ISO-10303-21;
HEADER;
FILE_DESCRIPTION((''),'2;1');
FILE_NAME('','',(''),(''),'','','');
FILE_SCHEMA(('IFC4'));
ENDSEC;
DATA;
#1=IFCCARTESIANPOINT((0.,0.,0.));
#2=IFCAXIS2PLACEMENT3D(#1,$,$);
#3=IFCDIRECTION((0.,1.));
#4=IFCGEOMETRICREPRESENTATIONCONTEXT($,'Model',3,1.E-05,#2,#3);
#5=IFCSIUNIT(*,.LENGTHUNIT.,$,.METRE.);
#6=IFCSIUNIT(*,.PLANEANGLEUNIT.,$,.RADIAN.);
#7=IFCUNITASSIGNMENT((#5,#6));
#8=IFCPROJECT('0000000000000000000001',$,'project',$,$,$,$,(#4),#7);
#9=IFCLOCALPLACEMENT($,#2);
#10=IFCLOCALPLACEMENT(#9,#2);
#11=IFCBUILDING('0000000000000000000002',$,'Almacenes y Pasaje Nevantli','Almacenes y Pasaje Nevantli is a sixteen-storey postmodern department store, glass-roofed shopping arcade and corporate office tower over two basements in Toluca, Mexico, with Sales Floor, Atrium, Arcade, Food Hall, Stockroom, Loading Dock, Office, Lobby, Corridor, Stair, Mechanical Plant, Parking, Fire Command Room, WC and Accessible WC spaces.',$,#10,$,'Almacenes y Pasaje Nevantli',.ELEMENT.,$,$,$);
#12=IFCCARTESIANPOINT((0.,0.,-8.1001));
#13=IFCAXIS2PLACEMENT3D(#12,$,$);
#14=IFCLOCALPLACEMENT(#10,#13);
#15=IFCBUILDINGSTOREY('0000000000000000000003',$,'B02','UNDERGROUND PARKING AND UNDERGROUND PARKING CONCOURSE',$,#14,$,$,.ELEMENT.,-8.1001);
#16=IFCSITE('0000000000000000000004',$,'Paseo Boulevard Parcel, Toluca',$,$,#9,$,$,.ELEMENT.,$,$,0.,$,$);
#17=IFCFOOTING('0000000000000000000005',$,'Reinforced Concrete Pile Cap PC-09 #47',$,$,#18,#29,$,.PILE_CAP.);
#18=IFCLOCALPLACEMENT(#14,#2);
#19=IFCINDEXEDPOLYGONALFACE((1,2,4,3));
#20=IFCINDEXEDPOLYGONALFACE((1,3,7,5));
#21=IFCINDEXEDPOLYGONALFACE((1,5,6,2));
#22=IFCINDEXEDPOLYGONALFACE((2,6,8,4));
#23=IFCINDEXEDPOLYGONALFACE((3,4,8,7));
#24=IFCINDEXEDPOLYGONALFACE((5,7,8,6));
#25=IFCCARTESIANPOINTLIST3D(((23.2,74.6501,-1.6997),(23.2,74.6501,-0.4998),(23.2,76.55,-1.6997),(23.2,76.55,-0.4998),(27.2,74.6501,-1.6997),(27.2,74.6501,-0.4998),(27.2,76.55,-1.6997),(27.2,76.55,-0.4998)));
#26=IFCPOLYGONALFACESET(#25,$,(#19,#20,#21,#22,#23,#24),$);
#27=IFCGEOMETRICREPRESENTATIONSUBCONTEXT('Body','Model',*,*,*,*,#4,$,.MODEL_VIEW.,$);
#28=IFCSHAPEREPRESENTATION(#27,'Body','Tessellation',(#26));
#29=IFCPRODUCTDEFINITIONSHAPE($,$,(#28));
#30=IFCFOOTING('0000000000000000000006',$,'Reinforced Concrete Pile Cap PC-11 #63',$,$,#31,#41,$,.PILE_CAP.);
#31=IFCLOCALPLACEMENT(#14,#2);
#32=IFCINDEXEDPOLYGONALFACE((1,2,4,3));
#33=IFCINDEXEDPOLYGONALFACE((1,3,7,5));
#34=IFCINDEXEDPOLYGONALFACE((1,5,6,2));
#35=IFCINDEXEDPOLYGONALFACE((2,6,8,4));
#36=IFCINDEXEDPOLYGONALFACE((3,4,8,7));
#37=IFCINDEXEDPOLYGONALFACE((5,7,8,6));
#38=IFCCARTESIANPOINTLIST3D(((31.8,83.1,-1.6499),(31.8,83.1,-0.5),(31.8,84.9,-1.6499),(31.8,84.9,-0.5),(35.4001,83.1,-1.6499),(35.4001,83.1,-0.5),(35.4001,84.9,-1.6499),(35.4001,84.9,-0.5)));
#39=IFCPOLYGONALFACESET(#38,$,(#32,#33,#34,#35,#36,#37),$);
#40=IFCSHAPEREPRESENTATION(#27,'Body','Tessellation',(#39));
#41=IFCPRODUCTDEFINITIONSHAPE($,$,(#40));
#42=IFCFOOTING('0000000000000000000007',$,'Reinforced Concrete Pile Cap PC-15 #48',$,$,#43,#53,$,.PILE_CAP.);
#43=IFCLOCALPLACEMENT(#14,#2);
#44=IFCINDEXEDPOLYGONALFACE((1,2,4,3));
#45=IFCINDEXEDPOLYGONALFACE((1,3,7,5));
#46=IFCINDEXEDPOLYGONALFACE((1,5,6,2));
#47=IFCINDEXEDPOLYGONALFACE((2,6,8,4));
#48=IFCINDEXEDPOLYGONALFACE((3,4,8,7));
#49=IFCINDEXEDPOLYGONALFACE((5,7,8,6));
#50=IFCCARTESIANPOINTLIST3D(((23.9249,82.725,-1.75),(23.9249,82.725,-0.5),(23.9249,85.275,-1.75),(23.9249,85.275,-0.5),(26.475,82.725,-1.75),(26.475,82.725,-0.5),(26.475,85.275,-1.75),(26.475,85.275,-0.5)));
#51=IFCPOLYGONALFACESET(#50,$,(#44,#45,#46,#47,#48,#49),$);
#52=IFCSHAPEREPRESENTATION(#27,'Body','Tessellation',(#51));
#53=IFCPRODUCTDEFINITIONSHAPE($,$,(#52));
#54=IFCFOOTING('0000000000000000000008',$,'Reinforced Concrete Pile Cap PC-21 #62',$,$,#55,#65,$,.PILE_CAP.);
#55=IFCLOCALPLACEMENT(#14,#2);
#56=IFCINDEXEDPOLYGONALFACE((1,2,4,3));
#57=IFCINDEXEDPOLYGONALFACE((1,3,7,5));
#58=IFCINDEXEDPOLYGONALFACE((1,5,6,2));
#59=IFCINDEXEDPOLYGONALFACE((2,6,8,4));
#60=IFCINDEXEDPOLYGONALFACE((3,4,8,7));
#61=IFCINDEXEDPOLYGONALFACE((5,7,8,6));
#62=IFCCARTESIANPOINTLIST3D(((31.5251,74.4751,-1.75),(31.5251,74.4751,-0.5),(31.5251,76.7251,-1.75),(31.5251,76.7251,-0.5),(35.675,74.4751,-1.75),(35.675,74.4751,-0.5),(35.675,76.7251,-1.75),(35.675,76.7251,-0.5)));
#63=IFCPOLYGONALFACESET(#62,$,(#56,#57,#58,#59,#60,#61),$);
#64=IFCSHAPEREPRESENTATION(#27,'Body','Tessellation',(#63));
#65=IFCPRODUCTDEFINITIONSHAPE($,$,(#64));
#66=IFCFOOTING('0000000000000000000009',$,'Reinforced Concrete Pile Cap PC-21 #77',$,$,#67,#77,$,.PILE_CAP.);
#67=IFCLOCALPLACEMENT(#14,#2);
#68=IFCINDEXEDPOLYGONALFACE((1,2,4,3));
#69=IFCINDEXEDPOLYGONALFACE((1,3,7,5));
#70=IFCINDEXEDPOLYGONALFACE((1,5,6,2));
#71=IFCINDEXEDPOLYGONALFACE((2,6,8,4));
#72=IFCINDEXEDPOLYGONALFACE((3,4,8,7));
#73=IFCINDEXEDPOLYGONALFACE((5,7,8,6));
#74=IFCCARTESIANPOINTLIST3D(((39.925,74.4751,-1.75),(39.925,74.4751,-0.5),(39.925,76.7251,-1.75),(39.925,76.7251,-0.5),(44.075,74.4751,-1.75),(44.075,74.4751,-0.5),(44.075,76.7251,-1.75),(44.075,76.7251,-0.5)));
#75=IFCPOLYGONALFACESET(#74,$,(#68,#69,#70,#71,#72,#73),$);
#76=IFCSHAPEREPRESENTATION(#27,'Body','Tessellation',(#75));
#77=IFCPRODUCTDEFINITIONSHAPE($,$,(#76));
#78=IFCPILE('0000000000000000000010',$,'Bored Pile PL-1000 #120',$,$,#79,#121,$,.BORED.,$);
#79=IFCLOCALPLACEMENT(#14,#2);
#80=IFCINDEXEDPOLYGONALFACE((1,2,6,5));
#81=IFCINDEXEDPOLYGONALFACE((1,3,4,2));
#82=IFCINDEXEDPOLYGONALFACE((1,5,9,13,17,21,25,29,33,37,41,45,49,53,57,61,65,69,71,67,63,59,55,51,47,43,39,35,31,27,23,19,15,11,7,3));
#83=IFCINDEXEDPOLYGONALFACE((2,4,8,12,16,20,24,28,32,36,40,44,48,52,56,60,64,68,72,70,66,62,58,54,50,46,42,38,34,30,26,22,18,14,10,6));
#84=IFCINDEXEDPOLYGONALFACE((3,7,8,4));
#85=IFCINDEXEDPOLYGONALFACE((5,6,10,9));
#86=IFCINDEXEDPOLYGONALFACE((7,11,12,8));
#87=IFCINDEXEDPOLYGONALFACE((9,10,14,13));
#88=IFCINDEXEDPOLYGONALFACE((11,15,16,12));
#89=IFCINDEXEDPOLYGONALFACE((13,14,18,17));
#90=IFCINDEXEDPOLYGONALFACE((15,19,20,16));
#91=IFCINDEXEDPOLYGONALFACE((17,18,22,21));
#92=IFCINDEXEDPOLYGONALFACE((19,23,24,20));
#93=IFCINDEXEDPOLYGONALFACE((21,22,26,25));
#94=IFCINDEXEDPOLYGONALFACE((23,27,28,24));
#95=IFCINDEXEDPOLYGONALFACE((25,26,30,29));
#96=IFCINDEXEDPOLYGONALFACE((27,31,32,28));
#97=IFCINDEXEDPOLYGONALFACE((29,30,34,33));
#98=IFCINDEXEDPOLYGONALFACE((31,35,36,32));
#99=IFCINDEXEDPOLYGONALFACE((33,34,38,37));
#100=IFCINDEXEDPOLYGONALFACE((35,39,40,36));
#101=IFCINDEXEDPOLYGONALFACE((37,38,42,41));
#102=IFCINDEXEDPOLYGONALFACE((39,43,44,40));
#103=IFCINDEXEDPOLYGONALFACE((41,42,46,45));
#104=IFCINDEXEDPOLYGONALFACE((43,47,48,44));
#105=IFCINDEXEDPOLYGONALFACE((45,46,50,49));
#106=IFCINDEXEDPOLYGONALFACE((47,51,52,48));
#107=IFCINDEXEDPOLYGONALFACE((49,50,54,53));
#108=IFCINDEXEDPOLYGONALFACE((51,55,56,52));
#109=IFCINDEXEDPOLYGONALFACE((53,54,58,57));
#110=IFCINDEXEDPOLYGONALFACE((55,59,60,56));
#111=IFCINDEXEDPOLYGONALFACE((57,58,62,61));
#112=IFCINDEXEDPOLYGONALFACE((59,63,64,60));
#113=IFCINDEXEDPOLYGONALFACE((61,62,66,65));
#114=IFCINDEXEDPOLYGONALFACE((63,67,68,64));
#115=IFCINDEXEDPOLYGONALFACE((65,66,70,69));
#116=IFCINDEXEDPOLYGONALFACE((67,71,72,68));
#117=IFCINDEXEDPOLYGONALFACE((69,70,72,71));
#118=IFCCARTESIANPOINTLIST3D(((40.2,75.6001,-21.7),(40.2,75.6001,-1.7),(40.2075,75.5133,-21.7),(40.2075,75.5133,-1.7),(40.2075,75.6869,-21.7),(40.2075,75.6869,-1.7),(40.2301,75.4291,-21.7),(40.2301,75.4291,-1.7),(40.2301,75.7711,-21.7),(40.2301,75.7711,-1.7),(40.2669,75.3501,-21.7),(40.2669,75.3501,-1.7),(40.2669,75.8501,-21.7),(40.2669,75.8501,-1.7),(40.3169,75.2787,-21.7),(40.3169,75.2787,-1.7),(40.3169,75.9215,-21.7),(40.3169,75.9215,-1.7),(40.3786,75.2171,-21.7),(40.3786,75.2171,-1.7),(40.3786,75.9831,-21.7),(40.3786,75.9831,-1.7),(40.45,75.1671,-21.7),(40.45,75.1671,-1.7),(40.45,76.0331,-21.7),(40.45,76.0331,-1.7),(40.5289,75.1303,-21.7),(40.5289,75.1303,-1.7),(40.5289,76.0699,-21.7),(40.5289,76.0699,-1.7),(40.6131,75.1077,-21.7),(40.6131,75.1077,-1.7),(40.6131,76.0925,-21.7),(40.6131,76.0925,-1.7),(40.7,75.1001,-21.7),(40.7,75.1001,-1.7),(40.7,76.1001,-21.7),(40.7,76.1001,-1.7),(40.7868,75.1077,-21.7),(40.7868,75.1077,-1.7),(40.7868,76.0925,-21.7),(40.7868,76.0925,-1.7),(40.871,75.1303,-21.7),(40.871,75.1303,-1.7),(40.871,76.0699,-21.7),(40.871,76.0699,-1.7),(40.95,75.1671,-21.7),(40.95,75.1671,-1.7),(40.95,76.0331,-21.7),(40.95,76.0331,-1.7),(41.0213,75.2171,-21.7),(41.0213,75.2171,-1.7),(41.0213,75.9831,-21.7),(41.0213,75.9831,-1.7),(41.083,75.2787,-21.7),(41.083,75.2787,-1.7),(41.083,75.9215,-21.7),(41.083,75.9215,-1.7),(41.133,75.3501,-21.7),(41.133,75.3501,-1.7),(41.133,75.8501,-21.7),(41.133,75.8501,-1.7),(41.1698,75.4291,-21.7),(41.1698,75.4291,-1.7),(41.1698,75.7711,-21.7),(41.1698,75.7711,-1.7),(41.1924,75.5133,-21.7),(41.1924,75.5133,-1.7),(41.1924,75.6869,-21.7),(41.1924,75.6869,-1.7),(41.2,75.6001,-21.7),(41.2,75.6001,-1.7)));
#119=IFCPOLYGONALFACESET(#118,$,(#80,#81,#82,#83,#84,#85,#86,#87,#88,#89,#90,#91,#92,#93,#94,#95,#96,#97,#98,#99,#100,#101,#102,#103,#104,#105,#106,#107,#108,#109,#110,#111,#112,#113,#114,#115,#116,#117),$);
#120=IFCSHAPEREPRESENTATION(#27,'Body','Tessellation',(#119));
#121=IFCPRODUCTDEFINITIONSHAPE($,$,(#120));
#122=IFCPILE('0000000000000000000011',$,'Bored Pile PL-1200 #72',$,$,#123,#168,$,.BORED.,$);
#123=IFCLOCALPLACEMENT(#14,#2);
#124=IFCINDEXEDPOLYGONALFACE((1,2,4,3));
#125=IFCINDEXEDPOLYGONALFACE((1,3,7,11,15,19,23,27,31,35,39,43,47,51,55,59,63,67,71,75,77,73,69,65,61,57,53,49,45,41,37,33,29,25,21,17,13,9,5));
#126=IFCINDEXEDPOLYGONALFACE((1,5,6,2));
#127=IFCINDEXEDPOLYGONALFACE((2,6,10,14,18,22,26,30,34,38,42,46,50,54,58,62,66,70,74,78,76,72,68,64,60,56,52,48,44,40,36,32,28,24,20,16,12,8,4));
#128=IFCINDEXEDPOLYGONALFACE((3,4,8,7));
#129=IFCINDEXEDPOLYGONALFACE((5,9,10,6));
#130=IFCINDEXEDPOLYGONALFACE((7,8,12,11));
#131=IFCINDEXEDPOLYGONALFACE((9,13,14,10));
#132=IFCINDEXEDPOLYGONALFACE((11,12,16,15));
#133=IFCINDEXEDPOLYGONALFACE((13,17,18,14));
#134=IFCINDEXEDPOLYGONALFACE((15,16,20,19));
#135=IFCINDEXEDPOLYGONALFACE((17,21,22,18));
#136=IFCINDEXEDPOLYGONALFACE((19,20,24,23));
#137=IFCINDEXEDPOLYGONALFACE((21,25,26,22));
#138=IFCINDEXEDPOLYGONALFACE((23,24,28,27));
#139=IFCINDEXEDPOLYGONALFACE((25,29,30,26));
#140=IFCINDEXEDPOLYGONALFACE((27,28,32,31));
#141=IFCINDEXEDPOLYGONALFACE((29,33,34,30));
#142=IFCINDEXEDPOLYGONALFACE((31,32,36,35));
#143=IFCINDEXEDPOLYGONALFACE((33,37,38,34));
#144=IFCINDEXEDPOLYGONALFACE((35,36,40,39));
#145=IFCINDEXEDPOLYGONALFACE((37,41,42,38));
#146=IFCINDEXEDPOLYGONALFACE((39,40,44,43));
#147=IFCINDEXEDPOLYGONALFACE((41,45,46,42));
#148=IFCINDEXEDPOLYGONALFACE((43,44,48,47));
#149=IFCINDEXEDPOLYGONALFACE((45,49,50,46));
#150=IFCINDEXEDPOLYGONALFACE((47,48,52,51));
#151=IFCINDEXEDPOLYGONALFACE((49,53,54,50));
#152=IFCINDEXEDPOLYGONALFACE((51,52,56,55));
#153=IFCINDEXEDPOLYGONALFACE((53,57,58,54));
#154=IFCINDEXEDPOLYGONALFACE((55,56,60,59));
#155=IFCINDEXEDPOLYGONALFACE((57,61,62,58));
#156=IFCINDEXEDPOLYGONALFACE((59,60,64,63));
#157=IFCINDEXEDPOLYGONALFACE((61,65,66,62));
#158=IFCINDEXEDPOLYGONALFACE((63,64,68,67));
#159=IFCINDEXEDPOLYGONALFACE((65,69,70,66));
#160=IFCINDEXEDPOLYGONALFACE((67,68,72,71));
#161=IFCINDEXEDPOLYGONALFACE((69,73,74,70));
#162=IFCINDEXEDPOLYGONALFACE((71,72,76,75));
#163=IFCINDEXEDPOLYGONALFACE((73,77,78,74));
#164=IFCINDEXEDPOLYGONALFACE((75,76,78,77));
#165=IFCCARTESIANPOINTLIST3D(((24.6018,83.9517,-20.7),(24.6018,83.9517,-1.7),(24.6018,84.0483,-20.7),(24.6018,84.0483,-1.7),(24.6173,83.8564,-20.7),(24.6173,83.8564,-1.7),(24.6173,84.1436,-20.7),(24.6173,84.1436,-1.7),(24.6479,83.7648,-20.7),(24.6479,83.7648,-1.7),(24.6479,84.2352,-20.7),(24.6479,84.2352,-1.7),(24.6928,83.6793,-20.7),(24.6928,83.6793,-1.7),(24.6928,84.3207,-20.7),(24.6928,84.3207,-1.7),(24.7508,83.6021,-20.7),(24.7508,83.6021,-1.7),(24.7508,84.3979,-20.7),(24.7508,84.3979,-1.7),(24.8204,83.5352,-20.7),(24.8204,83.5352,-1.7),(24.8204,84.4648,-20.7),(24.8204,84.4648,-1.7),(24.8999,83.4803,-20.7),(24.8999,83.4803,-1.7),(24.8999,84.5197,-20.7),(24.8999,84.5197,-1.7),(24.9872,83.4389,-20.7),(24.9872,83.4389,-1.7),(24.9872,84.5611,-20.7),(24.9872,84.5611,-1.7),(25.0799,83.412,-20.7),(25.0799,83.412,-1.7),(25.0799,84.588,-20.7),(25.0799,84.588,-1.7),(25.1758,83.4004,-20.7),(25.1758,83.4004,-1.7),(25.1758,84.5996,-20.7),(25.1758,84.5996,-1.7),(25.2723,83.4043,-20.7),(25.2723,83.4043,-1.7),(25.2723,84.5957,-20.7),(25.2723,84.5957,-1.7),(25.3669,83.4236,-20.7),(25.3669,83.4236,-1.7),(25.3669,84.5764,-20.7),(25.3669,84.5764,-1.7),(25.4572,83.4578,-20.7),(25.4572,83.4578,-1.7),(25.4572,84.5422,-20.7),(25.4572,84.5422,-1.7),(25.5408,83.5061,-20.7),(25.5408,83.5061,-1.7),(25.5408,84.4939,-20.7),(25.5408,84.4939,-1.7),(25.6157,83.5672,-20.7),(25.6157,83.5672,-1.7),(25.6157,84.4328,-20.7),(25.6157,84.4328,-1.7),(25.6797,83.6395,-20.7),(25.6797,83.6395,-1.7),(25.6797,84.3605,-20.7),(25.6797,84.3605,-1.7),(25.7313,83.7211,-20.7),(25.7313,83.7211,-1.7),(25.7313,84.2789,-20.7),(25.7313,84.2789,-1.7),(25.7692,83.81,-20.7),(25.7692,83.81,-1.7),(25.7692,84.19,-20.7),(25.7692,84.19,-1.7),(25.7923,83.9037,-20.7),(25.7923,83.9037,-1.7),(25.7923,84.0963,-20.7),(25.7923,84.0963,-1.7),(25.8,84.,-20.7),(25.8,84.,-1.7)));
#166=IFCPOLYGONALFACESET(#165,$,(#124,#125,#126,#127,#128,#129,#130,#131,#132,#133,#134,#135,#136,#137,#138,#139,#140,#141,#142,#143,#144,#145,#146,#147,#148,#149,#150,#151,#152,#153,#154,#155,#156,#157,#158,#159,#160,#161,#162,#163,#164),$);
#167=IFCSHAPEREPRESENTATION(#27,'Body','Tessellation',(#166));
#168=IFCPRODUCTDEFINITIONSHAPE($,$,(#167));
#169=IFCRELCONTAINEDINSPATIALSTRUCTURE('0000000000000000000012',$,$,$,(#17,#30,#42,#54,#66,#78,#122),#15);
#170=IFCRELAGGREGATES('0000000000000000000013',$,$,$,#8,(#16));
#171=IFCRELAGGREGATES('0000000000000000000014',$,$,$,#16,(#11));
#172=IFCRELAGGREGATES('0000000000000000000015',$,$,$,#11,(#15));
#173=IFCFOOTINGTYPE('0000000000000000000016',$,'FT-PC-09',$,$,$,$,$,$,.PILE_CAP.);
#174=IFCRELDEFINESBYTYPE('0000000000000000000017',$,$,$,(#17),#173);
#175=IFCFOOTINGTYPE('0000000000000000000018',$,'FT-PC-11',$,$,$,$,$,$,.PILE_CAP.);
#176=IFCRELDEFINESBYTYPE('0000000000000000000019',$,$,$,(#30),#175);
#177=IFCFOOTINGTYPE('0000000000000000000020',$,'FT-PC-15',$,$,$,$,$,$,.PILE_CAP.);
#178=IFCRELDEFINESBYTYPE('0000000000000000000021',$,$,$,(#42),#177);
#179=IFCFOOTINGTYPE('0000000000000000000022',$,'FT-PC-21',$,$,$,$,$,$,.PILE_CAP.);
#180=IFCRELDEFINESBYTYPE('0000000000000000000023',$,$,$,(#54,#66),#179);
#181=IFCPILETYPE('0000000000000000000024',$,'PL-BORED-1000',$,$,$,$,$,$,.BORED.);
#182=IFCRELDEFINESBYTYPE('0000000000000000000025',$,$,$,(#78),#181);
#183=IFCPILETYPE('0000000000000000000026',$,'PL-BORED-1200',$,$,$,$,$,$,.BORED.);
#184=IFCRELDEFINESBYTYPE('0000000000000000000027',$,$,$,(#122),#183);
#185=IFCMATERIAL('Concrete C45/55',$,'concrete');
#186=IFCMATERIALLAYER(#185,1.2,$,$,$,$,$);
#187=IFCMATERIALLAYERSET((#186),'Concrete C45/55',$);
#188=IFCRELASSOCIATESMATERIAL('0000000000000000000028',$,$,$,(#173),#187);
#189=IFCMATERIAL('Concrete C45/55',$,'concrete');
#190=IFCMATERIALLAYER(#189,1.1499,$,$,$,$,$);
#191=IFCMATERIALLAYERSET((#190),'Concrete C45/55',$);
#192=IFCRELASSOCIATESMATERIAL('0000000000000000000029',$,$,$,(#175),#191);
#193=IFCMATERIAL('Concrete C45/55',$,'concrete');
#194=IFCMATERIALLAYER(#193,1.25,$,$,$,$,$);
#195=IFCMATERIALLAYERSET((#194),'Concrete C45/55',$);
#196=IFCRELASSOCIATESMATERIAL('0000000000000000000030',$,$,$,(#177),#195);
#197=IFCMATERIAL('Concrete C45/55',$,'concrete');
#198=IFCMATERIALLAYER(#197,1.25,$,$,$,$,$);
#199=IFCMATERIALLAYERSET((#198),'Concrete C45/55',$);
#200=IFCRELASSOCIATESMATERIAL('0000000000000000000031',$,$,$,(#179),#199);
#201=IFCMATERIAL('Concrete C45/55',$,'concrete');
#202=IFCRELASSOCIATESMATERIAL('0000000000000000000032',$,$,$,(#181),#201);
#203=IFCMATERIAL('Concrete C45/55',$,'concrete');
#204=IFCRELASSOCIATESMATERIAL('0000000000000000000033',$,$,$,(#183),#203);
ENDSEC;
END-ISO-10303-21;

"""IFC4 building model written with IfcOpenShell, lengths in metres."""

from ifc_helpers import new_model, si_unit, direction, frame, origin, origin_2d, place, context, subcontext, project, spatial, rectangle, circle, extrude, material, layer, layer_set, material_profile, profile_set, type_object, element, save


model = new_model("IFC4")

# Units and contexts
model_context = context("Model", 3, precision=1e-05, world=origin(), true_north=direction((0.0, 1.0)))
body_context = subcontext(model_context, "Body", "Model", "MODEL_VIEW")
ifc_project = project(units=[si_unit("LENGTHUNIT", "METRE"), si_unit("PLANEANGLEUNIT", "RADIAN")], contexts=[model_context])

# Site, building, storey
site_placement = place(None, origin())
site = spatial("IfcSite", under=ifc_project, at=site_placement, Name="Paseo Boulevard Parcel, Toluca", CompositionType="ELEMENT", RefElevation=0.0)
building_placement = place(site_placement, origin())
building = spatial("IfcBuilding", under=site, at=building_placement, Name="Almacenes y Pasaje Nevantli", Description="Almacenes y Pasaje Nevantli is a sixteen-storey postmodern department store, glass-roofed shopping arcade and corporate office tower over two basements in Toluca, Mexico, with Sales Floor, Atrium, Arcade, Food Hall, Stockroom, Loading Dock, Office, Lobby, Corridor, Stair, Mechanical Plant, Parking, Fire Command Room, WC and Accessible WC spaces.", LongName="Almacenes y Pasaje Nevantli", CompositionType="ELEMENT")
storey_placement = place(building_placement, frame((0.0, 0.0, -8.1001)))
storey = spatial("IfcBuildingStorey", under=building, at=storey_placement, Name="B02", Description="UNDERGROUND PARKING AND UNDERGROUND PARKING CONCOURSE", CompositionType="ELEMENT", Elevation=-8.1001)

# Footings
ifc_material_1 = material(Name="Concrete C45/55", Category="concrete")
ifc_layer_1 = layer(ifc_material_1, 1.2)
ifc_layer_set_1 = layer_set([ifc_layer_1], Name="Concrete C45/55")
footing_type_1 = type_object("IfcFootingType", Name="FT-PC-09", PredefinedType="PILE_CAP", material=ifc_layer_set_1)
footing_1_placement = place(storey_placement, frame((25.2, 75.6001, -1.6997), z_axis=(0.0, 0.0, 1.0), x_axis=(1.0, 0.0, 0.0)))
element("IfcFooting", 1, at=footing_1_placement, inside=storey, type_object=footing_type_1, Name="Reinforced Concrete Pile Cap PC-09 #47", PredefinedType="PILE_CAP", context=body_context, shape_type="SweptSolid", body=[
    extrude(rectangle(XDim=4.0, YDim=1.8999, at=origin_2d()), origin(), (0.0, 0.0, 1.0), 1.2),
])
ifc_material_2 = material(Name="Concrete C45/55", Category="concrete")
ifc_layer_2 = layer(ifc_material_2, 1.1499)
ifc_layer_set_2 = layer_set([ifc_layer_2], Name="Concrete C45/55")
footing_type_2 = type_object("IfcFootingType", Name="FT-PC-11", PredefinedType="PILE_CAP", material=ifc_layer_set_2)
footing_2_placement = place(storey_placement, frame((33.6001, 84.0, -1.6499), z_axis=(0.0, 0.0, 1.0), x_axis=(1.0, 0.0, 0.0)))
element("IfcFooting", 2, at=footing_2_placement, inside=storey, type_object=footing_type_2, Name="Reinforced Concrete Pile Cap PC-11 #63", PredefinedType="PILE_CAP", context=body_context, shape_type="SweptSolid", body=[
    extrude(rectangle(XDim=3.6001, YDim=1.8, at=origin_2d()), origin(), (0.0, 0.0, 1.0), 1.1499),
])
ifc_material_3 = material(Name="Concrete C45/55", Category="concrete")
ifc_layer_3 = layer(ifc_material_3, 1.25)
ifc_layer_set_3 = layer_set([ifc_layer_3], Name="Concrete C45/55")
footing_type_3 = type_object("IfcFootingType", Name="FT-PC-15", PredefinedType="PILE_CAP", material=ifc_layer_set_3)
footing_3_placement = place(storey_placement, frame((25.2, 84.0, -1.75), z_axis=(0.0, 0.0, 1.0), x_axis=(1.0, 0.0, 0.0)))
element("IfcFooting", 3, at=footing_3_placement, inside=storey, type_object=footing_type_3, Name="Reinforced Concrete Pile Cap PC-15 #48", PredefinedType="PILE_CAP", context=body_context, shape_type="SweptSolid", body=[
    extrude(rectangle(XDim=2.55, YDim=2.55, at=origin_2d()), origin(), (0.0, 0.0, 1.0), 1.25),
])
ifc_material_4 = material(Name="Concrete C45/55", Category="concrete")
ifc_layer_4 = layer(ifc_material_4, 1.25)
ifc_layer_set_4 = layer_set([ifc_layer_4], Name="Concrete C45/55")
footing_type_4 = type_object("IfcFootingType", Name="FT-PC-21", PredefinedType="PILE_CAP", material=ifc_layer_set_4)
for number, where, z_axis, x_axis, name in (
    (4, (33.6001, 75.6001, -1.75), (0.0, 0.0, 1.0), (1.0, 0.0, 0.0), "Reinforced Concrete Pile Cap PC-21 #62"),
    (5, (42.0, 75.6001, -1.75), (0.0, 0.0, 1.0), (1.0, 0.0, 0.0), "Reinforced Concrete Pile Cap PC-21 #77"),
):
    element("IfcFooting", number, at=place(storey_placement, frame(where, z_axis=z_axis, x_axis=x_axis)), inside=storey, type_object=footing_type_4, Name=name, PredefinedType="PILE_CAP", context=body_context, shape_type="SweptSolid", body=[
        extrude(rectangle(XDim=4.1499, YDim=2.25, at=origin_2d()), origin(), (0.0, 0.0, 1.0), 1.25),
    ])

# Piles
ifc_material_5 = material(Name="Concrete C45/55", Category="concrete")
ifc_material_profile_1 = material_profile(ifc_material_5, circle(Radius=0.5, at=origin_2d()), Name="RC-PILE-D1000")
ifc_profile_set_1 = profile_set([ifc_material_profile_1], Name="Concrete C45/55")
pile_type_1 = type_object("IfcPileType", Name="PL-BORED-1000", PredefinedType="BORED", material=ifc_profile_set_1)
pile_1_placement = place(storey_placement, frame((40.7, 75.6001, -1.7), z_axis=(0.0, 0.0, -1.0), x_axis=(1.0, 0.0, 0.0)))
element("IfcPile", 6, at=pile_1_placement, inside=storey, type_object=pile_type_1, Name="Bored Pile PL-1000 #120", PredefinedType="BORED", context=body_context, shape_type="SweptSolid", body=[
    extrude(circle(Radius=0.5, at=origin_2d()), origin(), (0.0, 0.0, 1.0), 20.0),
])
ifc_material_6 = material(Name="Concrete C45/55", Category="concrete")
ifc_material_profile_2 = material_profile(ifc_material_6, circle(Radius=0.6001, at=origin_2d()), Name="RC-PILE-D1200")
ifc_profile_set_2 = profile_set([ifc_material_profile_2], Name="Concrete C45/55")
pile_type_2 = type_object("IfcPileType", Name="PL-BORED-1200", PredefinedType="BORED", material=ifc_profile_set_2)
pile_2_placement = place(storey_placement, frame((25.2, 84.0, -1.7), z_axis=(0.0, 0.0, -1.0), x_axis=(1.0, 0.0, 0.0)))
element("IfcPile", 7, at=pile_2_placement, inside=storey, type_object=pile_type_2, Name="Bored Pile PL-1200 #72", PredefinedType="BORED", context=body_context, shape_type="SweptSolid", body=[
    extrude(circle(Radius=0.6001, at=origin_2d()), origin(), (0.0, 0.0, 1.0), 19.0),
])

save(model, "model.ifc")
